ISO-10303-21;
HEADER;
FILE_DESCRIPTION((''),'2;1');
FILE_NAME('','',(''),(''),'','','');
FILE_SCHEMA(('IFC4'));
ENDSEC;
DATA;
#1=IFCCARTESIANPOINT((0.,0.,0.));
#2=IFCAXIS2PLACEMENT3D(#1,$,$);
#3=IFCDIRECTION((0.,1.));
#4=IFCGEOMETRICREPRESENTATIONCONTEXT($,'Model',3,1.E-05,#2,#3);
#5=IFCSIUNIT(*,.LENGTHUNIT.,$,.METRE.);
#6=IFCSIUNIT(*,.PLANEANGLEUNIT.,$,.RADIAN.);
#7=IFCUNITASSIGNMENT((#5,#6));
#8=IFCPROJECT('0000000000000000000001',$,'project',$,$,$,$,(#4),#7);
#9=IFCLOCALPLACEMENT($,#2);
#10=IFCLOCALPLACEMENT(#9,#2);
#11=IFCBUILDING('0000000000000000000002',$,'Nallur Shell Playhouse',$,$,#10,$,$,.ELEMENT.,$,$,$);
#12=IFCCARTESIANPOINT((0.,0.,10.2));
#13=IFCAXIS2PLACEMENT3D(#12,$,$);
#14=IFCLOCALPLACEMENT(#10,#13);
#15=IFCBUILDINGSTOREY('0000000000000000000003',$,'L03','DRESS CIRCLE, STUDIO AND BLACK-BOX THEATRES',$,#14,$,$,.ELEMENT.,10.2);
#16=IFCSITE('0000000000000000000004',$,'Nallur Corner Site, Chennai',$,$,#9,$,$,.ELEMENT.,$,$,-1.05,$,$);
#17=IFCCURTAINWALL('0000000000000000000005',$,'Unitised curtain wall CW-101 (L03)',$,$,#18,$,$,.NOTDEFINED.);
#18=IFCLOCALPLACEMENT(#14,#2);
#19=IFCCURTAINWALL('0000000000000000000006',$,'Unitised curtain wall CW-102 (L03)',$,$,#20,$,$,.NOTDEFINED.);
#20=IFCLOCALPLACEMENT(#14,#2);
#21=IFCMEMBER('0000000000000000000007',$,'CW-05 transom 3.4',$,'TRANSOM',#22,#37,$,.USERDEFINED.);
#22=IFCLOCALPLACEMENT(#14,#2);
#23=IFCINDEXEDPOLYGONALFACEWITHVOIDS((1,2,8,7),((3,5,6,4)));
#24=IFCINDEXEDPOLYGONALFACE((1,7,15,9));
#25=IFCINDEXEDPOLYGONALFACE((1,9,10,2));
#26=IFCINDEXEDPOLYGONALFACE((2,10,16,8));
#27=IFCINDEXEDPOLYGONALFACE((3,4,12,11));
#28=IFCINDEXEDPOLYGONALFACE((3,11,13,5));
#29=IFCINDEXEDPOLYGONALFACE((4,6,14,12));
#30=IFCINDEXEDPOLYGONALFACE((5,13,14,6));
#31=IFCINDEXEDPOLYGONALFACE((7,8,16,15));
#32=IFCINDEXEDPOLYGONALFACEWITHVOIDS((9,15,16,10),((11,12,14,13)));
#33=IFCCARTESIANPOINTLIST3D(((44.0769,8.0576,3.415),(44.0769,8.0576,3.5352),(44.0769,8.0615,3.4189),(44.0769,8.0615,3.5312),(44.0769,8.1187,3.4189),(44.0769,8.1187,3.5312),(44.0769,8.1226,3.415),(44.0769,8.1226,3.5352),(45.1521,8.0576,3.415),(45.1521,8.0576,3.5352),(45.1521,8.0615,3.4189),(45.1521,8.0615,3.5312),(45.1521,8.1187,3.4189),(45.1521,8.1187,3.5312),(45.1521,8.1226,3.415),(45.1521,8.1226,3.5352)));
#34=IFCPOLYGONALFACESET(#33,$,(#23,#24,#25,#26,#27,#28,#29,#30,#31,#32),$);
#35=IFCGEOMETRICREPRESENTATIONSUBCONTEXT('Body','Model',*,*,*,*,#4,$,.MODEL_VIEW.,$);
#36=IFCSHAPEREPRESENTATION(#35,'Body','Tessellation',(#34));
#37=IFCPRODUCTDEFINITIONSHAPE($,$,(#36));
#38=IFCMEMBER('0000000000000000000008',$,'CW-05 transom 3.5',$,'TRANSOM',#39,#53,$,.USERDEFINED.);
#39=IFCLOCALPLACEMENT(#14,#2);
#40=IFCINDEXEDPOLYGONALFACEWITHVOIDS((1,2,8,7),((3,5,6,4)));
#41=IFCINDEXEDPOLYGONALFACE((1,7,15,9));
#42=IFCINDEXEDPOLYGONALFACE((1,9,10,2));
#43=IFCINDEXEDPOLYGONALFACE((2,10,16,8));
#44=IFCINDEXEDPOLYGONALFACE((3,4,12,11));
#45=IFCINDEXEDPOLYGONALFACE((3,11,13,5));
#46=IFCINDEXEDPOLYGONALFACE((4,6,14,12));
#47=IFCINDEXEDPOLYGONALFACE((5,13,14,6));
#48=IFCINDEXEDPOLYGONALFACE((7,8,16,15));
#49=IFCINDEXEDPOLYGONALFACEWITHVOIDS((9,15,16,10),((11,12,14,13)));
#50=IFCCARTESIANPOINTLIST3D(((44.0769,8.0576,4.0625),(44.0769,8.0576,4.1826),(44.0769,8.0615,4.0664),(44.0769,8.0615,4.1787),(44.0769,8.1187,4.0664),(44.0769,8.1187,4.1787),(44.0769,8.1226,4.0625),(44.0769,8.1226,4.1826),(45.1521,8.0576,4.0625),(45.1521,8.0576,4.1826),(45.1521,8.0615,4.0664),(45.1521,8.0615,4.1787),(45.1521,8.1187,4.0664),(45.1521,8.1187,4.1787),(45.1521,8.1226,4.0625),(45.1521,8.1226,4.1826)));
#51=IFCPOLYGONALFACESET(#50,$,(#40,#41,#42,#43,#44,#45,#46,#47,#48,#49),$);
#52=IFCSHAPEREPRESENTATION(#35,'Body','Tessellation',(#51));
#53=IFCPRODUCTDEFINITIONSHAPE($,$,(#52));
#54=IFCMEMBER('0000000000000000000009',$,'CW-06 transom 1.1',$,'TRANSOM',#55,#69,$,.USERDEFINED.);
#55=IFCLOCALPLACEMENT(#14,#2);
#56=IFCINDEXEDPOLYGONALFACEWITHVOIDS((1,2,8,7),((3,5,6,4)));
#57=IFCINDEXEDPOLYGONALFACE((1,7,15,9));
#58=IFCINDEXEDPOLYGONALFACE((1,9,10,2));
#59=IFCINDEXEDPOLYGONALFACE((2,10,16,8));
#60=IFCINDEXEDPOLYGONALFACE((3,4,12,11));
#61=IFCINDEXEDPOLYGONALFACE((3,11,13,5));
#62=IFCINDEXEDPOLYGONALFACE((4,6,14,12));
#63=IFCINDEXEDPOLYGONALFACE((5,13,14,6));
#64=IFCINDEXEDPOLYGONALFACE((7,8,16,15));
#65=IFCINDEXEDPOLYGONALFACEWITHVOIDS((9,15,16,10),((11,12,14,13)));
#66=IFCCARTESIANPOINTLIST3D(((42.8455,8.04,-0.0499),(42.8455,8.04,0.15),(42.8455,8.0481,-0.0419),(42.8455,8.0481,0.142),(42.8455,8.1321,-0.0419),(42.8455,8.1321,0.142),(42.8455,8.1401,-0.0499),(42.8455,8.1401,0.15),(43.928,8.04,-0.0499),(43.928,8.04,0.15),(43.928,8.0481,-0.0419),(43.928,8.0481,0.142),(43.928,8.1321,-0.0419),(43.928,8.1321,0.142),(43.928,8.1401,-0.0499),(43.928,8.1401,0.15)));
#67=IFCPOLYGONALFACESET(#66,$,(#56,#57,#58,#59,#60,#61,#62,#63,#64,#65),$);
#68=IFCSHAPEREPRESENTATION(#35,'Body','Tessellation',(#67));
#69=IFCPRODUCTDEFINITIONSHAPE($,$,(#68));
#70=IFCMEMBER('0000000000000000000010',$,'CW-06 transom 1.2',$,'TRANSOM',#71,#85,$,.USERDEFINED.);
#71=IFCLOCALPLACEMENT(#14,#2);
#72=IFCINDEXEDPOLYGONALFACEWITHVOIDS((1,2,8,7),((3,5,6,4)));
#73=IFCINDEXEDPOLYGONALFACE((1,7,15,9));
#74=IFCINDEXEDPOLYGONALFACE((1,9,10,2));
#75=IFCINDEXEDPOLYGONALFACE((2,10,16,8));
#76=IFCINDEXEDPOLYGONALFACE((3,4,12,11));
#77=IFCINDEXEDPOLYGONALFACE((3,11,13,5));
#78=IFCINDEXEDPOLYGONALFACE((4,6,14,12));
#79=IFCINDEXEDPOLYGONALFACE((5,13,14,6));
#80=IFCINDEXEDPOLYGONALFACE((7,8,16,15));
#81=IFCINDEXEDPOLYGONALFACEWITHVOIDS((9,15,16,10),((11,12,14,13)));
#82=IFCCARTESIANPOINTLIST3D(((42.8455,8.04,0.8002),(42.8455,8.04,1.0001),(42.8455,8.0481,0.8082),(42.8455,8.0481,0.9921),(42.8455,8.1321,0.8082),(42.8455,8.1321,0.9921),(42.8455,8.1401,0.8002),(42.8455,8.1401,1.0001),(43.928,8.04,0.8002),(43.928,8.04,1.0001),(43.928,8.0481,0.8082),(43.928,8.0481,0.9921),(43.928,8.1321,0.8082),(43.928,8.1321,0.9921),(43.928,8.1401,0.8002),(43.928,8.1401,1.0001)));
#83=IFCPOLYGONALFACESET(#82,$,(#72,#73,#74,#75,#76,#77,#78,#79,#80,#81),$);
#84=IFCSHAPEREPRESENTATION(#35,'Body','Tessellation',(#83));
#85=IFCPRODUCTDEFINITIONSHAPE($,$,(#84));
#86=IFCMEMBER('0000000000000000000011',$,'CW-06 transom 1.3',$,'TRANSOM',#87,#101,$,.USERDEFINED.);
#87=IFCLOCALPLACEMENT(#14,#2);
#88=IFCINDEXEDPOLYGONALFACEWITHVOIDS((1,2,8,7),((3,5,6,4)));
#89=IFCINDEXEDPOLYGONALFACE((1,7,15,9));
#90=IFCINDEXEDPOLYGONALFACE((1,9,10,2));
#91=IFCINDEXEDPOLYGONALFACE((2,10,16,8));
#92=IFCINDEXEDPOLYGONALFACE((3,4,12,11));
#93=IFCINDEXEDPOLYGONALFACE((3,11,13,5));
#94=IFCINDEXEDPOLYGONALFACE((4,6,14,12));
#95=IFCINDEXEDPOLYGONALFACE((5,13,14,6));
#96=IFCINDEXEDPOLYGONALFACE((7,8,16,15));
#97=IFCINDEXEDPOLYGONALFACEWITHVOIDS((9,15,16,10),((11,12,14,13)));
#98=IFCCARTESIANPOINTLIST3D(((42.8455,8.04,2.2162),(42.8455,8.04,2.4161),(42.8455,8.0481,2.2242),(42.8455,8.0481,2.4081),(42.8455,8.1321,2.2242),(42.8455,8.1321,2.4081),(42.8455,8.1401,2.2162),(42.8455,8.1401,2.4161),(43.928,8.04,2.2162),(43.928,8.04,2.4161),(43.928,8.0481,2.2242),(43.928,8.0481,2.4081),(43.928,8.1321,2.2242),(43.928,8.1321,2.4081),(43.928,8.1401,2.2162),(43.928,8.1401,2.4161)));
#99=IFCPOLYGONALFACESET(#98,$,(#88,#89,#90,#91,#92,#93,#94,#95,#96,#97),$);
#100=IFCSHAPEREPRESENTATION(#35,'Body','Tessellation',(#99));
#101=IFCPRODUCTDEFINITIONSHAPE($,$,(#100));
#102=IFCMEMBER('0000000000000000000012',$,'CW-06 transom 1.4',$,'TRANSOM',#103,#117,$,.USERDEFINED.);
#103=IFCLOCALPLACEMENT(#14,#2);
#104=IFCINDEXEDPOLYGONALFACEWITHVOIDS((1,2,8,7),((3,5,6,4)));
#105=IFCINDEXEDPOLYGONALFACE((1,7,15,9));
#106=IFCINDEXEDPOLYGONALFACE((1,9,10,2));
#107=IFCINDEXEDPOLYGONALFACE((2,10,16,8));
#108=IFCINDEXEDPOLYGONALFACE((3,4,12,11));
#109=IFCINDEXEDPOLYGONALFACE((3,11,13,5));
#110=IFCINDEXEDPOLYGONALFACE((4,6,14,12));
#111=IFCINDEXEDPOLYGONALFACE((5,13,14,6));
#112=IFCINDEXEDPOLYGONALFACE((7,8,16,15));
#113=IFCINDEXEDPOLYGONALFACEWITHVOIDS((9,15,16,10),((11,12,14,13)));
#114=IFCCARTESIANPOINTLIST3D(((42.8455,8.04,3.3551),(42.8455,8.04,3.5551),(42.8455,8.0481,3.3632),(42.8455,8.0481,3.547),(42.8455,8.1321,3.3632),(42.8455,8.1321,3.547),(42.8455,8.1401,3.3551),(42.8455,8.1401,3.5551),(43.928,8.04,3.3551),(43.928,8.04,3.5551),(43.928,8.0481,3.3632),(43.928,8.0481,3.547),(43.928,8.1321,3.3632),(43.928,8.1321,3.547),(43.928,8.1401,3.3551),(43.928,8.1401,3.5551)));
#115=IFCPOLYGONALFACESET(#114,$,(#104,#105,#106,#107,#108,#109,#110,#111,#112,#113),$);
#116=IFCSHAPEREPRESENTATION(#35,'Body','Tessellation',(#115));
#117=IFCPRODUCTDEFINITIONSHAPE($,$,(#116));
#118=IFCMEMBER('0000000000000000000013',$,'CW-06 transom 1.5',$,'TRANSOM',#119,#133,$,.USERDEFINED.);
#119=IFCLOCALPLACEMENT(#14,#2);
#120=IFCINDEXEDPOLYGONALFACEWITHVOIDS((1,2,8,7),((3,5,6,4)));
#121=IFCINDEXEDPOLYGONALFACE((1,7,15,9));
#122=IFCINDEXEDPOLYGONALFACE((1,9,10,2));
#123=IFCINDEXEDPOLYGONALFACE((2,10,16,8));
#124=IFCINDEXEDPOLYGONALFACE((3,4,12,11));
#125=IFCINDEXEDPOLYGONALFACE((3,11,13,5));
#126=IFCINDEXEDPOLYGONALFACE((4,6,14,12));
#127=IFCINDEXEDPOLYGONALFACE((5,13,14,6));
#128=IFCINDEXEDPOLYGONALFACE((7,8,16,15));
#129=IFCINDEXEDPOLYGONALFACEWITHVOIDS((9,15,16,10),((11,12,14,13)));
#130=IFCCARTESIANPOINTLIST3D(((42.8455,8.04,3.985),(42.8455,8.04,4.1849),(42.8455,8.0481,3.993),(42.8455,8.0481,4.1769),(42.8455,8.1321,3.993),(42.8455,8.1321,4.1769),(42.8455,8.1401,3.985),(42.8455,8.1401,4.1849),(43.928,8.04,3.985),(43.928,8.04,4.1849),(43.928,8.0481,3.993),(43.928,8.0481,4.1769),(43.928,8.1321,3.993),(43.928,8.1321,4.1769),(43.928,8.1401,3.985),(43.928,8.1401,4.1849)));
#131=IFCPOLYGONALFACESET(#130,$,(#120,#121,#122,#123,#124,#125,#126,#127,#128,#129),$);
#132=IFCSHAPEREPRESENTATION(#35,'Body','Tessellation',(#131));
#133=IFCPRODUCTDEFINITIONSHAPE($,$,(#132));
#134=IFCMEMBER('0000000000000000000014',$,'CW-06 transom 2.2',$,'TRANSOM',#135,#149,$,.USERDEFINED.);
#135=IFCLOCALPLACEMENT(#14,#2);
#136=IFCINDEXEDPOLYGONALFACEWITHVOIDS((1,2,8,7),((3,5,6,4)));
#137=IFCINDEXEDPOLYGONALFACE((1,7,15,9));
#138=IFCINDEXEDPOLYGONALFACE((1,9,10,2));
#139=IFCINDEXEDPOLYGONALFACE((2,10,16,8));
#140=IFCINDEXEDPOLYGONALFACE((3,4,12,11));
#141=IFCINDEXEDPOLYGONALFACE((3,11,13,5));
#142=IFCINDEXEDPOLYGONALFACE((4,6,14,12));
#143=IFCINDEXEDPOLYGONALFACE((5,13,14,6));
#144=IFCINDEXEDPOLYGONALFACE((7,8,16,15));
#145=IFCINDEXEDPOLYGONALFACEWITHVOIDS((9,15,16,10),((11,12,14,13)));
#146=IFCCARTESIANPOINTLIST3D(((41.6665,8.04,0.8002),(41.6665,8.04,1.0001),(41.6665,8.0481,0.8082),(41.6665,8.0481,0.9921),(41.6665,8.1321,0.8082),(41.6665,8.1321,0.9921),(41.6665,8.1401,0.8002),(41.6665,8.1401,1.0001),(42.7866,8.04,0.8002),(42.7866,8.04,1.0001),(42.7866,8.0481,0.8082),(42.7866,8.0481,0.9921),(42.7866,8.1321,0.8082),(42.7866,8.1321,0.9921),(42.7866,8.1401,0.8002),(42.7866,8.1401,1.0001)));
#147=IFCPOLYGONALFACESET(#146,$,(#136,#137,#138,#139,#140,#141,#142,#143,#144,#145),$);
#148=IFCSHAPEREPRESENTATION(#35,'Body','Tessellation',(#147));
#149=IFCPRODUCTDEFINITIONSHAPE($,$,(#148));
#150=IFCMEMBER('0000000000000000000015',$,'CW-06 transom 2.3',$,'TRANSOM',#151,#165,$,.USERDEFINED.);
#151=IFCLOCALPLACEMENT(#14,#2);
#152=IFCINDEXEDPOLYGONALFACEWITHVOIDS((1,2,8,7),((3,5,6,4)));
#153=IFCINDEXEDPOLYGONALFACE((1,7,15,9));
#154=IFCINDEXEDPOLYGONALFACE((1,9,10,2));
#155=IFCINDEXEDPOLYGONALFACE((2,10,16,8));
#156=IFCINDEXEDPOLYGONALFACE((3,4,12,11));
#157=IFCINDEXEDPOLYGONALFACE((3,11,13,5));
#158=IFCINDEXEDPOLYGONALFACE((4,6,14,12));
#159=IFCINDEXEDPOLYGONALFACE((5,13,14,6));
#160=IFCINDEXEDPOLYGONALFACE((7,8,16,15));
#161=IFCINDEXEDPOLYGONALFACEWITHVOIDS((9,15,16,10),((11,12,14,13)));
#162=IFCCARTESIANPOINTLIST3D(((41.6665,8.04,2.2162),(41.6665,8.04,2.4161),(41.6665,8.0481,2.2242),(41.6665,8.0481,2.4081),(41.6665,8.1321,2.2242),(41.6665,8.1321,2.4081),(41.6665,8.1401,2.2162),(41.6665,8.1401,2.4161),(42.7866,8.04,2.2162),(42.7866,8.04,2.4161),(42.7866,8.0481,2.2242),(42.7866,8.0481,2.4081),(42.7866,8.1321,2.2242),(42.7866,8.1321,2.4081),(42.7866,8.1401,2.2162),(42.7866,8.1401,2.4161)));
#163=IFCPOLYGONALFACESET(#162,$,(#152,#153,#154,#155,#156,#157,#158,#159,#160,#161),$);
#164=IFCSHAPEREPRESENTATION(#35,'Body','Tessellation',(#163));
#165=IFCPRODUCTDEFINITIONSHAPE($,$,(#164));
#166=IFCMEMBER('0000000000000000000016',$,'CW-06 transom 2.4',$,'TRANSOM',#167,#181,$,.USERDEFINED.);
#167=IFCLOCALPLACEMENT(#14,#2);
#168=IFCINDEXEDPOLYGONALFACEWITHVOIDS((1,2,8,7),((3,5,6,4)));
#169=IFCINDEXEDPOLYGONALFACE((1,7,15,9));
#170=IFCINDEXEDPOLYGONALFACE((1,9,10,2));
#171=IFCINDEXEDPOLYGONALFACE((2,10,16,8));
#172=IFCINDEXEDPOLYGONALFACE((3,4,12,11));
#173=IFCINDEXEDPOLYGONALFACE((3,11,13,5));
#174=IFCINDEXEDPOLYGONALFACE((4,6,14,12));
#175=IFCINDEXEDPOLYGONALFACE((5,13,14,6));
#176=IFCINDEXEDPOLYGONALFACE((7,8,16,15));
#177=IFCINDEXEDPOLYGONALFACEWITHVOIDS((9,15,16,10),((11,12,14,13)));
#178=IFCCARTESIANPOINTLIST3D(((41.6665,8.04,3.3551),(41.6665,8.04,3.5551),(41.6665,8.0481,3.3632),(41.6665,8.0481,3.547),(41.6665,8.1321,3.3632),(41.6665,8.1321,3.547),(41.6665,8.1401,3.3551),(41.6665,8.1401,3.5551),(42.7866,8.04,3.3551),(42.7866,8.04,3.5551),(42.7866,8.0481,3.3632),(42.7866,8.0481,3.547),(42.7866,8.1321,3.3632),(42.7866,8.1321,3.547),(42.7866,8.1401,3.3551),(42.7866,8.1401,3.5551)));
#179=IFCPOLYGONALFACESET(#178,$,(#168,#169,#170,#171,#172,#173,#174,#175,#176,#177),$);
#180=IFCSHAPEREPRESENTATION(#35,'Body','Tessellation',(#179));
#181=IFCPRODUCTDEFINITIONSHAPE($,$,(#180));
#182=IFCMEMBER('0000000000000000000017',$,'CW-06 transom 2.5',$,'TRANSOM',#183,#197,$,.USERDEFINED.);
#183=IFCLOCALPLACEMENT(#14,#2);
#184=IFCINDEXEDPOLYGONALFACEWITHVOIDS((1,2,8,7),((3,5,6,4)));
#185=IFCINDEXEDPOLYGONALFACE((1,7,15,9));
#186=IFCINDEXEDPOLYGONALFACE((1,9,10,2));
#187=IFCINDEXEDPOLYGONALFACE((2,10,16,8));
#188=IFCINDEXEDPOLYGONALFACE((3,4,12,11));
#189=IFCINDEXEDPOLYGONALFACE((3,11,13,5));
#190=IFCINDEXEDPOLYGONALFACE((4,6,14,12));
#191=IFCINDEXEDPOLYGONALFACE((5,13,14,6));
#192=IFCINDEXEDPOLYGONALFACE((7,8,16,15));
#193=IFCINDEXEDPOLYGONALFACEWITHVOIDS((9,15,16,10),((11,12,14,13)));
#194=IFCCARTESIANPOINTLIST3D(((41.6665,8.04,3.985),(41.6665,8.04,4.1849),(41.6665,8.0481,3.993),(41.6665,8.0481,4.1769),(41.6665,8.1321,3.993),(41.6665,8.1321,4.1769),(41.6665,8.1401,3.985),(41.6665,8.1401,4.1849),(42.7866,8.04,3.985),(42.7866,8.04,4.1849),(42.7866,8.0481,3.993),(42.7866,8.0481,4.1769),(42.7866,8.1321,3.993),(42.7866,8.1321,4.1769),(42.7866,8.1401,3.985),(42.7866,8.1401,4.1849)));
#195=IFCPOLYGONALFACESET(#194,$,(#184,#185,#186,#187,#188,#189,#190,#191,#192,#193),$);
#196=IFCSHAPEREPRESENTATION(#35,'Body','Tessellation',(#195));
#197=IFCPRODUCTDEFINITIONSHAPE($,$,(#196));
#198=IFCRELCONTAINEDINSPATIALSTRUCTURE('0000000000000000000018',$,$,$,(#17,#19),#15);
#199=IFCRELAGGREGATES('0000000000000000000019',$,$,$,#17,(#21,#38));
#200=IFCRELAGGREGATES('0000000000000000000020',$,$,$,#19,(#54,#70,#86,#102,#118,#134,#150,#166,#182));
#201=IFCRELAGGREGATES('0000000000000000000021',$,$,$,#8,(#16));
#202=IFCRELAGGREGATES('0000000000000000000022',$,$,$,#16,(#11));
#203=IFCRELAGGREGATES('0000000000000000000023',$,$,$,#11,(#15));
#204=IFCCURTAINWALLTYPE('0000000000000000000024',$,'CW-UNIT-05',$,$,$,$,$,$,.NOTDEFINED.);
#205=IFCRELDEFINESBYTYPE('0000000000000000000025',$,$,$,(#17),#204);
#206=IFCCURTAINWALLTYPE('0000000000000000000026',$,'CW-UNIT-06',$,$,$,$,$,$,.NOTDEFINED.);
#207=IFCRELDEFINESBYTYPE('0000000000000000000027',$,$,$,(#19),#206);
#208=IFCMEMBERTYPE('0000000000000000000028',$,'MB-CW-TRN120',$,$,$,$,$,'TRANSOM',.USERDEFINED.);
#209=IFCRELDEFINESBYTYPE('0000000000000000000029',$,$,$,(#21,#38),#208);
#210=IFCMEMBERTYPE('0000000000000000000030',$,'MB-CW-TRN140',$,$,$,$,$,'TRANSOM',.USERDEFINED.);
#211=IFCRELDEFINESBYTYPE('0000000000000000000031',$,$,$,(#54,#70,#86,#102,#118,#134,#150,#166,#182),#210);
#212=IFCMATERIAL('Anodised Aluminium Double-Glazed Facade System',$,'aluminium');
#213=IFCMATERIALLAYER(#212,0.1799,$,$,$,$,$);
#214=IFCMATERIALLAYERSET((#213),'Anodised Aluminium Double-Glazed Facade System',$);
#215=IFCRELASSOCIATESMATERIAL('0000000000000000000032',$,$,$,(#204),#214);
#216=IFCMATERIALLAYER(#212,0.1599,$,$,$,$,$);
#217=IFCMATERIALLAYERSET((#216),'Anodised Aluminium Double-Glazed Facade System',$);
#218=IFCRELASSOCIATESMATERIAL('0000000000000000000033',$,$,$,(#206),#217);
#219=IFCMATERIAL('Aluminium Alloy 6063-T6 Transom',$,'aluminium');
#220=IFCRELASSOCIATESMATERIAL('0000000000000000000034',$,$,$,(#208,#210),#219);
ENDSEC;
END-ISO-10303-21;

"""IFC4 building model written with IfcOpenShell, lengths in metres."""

from ifc_helpers import new_model, si_unit, direction, frame, origin, origin_2d, place, context, subcontext, project, spatial, hollow_rectangle, extrude, material, layer, layer_set, material_profile, profile_set, type_object, element, aggregate, save


model = new_model("IFC4")

# Units and contexts
model_context = context("Model", 3, precision=1e-05, world=origin(), true_north=direction((0.0, 1.0)))
body_context = subcontext(model_context, "Body", "Model", "MODEL_VIEW")
ifc_project = project(units=[si_unit("LENGTHUNIT", "METRE"), si_unit("PLANEANGLEUNIT", "RADIAN")], contexts=[model_context])

# Site, building, storey
site_placement = place(None, origin())
site = spatial("IfcSite", under=ifc_project, at=site_placement, Name="Nallur Corner Site, Chennai", CompositionType="ELEMENT", RefElevation=-1.05)
building_placement = place(site_placement, origin())
building = spatial("IfcBuilding", under=site, at=building_placement, Name="Nallur Shell Playhouse", CompositionType="ELEMENT")
storey_placement = place(building_placement, frame((0.0, 0.0, 10.2)))
storey = spatial("IfcBuildingStorey", under=building, at=storey_placement, Name="L03", Description="DRESS CIRCLE, STUDIO AND BLACK-BOX THEATRES", CompositionType="ELEMENT", Elevation=10.2)

# Curtain walls
ifc_material_1 = material(Name="Anodised Aluminium Double-Glazed Facade System", Category="aluminium")
ifc_layer_1 = layer(ifc_material_1, 0.1799)
ifc_layer_set_1 = layer_set([ifc_layer_1], Name="Anodised Aluminium Double-Glazed Facade System")
curtain_wall_type_1 = type_object("IfcCurtainWallType", Name="CW-UNIT-05", PredefinedType="NOTDEFINED", material=ifc_layer_set_1)
curtain_wall_1_placement = place(storey_placement, origin())
curtain_wall_1 = element("IfcCurtainWall", 1, at=curtain_wall_1_placement, inside=storey, type_object=curtain_wall_type_1, Name="Unitised curtain wall CW-101 (L03)", PredefinedType="NOTDEFINED")
ifc_layer_2 = layer(ifc_material_1, 0.1599)
ifc_layer_set_2 = layer_set([ifc_layer_2], Name="Anodised Aluminium Double-Glazed Facade System")
curtain_wall_type_2 = type_object("IfcCurtainWallType", Name="CW-UNIT-06", PredefinedType="NOTDEFINED", material=ifc_layer_set_2)
curtain_wall_2_placement = place(storey_placement, origin())
curtain_wall_2 = element("IfcCurtainWall", 2, at=curtain_wall_2_placement, inside=storey, type_object=curtain_wall_type_2, Name="Unitised curtain wall CW-102 (L03)", PredefinedType="NOTDEFINED")

# Members
ifc_material_2 = material(Name="Aluminium Alloy 6063-T6 Transom", Category="aluminium")
ifc_material_profile_1 = material_profile(ifc_material_2, hollow_rectangle(XDim=0.0649, YDim=0.1201, WallThickness=0.0039, at=origin_2d()), Name="ALU 65x120x4")
ifc_profile_set_1 = profile_set([ifc_material_profile_1], Name="Aluminium Alloy 6063-T6 Transom")
member_type_1 = type_object("IfcMemberType", Name="MB-CW-TRN120", ElementType="TRANSOM", PredefinedType="USERDEFINED", material=ifc_profile_set_1)
member_1_placement = place(storey_placement, frame((45.1521, 8.0901, 3.4751), z_axis=(-1.0, 0.0, 0.0), x_axis=(0.0, -1.0, 0.0)))
member_1 = element("IfcMember", 3, at=member_1_placement, type_object=member_type_1, Name="CW-05 transom 3.4", ObjectType="TRANSOM", PredefinedType="USERDEFINED", context=body_context, shape_type="SweptSolid", body=[
    extrude(hollow_rectangle(XDim=0.0649, YDim=0.1201, WallThickness=0.0039, at=origin_2d()), origin(), (0.0, 0.0, 1.0), 1.0752),
])
member_2_placement = place(storey_placement, frame((45.1521, 8.0901, 4.1226), z_axis=(-1.0, 0.0, 0.0), x_axis=(0.0, -1.0, 0.0)))
member_2 = element("IfcMember", 4, at=member_2_placement, type_object=member_type_1, Name="CW-05 transom 3.5", ObjectType="TRANSOM", PredefinedType="USERDEFINED", context=body_context, shape_type="SweptSolid", body=[
    extrude(hollow_rectangle(XDim=0.0649, YDim=0.1201, WallThickness=0.0039, at=origin_2d()), origin(), (0.0, 0.0, 1.0), 1.0752),
])
ifc_material_profile_2 = material_profile(ifc_material_2, hollow_rectangle(XDim=0.1001, YDim=0.2, WallThickness=0.0081, at=origin_2d()), Name="RHS 200x100x8")
ifc_profile_set_2 = profile_set([ifc_material_profile_2], Name="Aluminium Alloy 6063-T6 Transom")
member_type_2 = type_object("IfcMemberType", Name="MB-CW-TRN140", ElementType="TRANSOM", PredefinedType="USERDEFINED", material=ifc_profile_set_2)
member_3_placement = place(storey_placement, frame((43.928, 8.0901, 0.05), z_axis=(-1.0, 0.0, 0.0), x_axis=(0.0, -1.0, 0.0)))
member_3 = element("IfcMember", 5, at=member_3_placement, type_object=member_type_2, Name="CW-06 transom 1.1", ObjectType="TRANSOM", PredefinedType="USERDEFINED", context=body_context, shape_type="SweptSolid", body=[
    extrude(hollow_rectangle(XDim=0.1001, YDim=0.2, WallThickness=0.0081, at=origin_2d()), origin(), (0.0, 0.0, 1.0), 1.0825),
])
member_4_placement = place(storey_placement, frame((43.928, 8.0901, 0.9001), z_axis=(-1.0, 0.0, 0.0), x_axis=(0.0, -1.0, 0.0)))
member_4 = element("IfcMember", 6, at=member_4_placement, type_object=member_type_2, Name="CW-06 transom 1.2", ObjectType="TRANSOM", PredefinedType="USERDEFINED", context=body_context, shape_type="SweptSolid", body=[
    extrude(hollow_rectangle(XDim=0.1001, YDim=0.2, WallThickness=0.0081, at=origin_2d()), origin(), (0.0, 0.0, 1.0), 1.0825),
])
member_5_placement = place(storey_placement, frame((43.928, 8.0901, 2.3162), z_axis=(-1.0, 0.0, 0.0), x_axis=(0.0, -1.0, 0.0)))
member_5 = element("IfcMember", 7, at=member_5_placement, type_object=member_type_2, Name="CW-06 transom 1.3", ObjectType="TRANSOM", PredefinedType="USERDEFINED", context=body_context, shape_type="SweptSolid", body=[
    extrude(hollow_rectangle(XDim=0.1001, YDim=0.2, WallThickness=0.0081, at=origin_2d()), origin(), (0.0, 0.0, 1.0), 1.0825),
])
member_6_placement = place(storey_placement, frame((43.928, 8.0901, 3.4551), z_axis=(-1.0, 0.0, 0.0), x_axis=(0.0, -1.0, 0.0)))
member_6 = element("IfcMember", 8, at=member_6_placement, type_object=member_type_2, Name="CW-06 transom 1.4", ObjectType="TRANSOM", PredefinedType="USERDEFINED", context=body_context, shape_type="SweptSolid", body=[
    extrude(hollow_rectangle(XDim=0.1001, YDim=0.2, WallThickness=0.0081, at=origin_2d()), origin(), (0.0, 0.0, 1.0), 1.0825),
])
member_7_placement = place(storey_placement, frame((43.928, 8.0901, 4.085), z_axis=(-1.0, 0.0, 0.0), x_axis=(0.0, -1.0, 0.0)))
member_7 = element("IfcMember", 9, at=member_7_placement, type_object=member_type_2, Name="CW-06 transom 1.5", ObjectType="TRANSOM", PredefinedType="USERDEFINED", context=body_context, shape_type="SweptSolid", body=[
    extrude(hollow_rectangle(XDim=0.1001, YDim=0.2, WallThickness=0.0081, at=origin_2d()), origin(), (0.0, 0.0, 1.0), 1.0825),
])
member_8_placement = place(storey_placement, frame((42.7866, 8.0901, 0.9001), z_axis=(-1.0, 0.0, 0.0), x_axis=(0.0, -1.0, 0.0)))
member_8 = element("IfcMember", 10, at=member_8_placement, type_object=member_type_2, Name="CW-06 transom 2.2", ObjectType="TRANSOM", PredefinedType="USERDEFINED", context=body_context, shape_type="SweptSolid", body=[
    extrude(hollow_rectangle(XDim=0.1001, YDim=0.2, WallThickness=0.0081, at=origin_2d()), origin(), (0.0, 0.0, 1.0), 1.1201),
])
member_9_placement = place(storey_placement, frame((42.7866, 8.0901, 2.3162), z_axis=(-1.0, 0.0, 0.0), x_axis=(0.0, -1.0, 0.0)))
member_9 = element("IfcMember", 11, at=member_9_placement, type_object=member_type_2, Name="CW-06 transom 2.3", ObjectType="TRANSOM", PredefinedType="USERDEFINED", context=body_context, shape_type="SweptSolid", body=[
    extrude(hollow_rectangle(XDim=0.1001, YDim=0.2, WallThickness=0.0081, at=origin_2d()), origin(), (0.0, 0.0, 1.0), 1.1201),
])
member_10_placement = place(storey_placement, frame((42.7866, 8.0901, 3.4551), z_axis=(-1.0, 0.0, 0.0), x_axis=(0.0, -1.0, 0.0)))
member_10 = element("IfcMember", 12, at=member_10_placement, type_object=member_type_2, Name="CW-06 transom 2.4", ObjectType="TRANSOM", PredefinedType="USERDEFINED", context=body_context, shape_type="SweptSolid", body=[
    extrude(hollow_rectangle(XDim=0.1001, YDim=0.2, WallThickness=0.0081, at=origin_2d()), origin(), (0.0, 0.0, 1.0), 1.1201),
])
member_11_placement = place(storey_placement, frame((42.7866, 8.0901, 4.085), z_axis=(-1.0, 0.0, 0.0), x_axis=(0.0, -1.0, 0.0)))
member_11 = element("IfcMember", 13, at=member_11_placement, type_object=member_type_2, Name="CW-06 transom 2.5", ObjectType="TRANSOM", PredefinedType="USERDEFINED", context=body_context, shape_type="SweptSolid", body=[
    extrude(hollow_rectangle(XDim=0.1001, YDim=0.2, WallThickness=0.0081, at=origin_2d()), origin(), (0.0, 0.0, 1.0), 1.1201),
])

aggregate(curtain_wall_1, [member_1, member_2])
aggregate(curtain_wall_2, [member_3, member_4, member_5, member_6, member_7, member_8, member_9, member_10, member_11])

save(model, "model.ifc")
